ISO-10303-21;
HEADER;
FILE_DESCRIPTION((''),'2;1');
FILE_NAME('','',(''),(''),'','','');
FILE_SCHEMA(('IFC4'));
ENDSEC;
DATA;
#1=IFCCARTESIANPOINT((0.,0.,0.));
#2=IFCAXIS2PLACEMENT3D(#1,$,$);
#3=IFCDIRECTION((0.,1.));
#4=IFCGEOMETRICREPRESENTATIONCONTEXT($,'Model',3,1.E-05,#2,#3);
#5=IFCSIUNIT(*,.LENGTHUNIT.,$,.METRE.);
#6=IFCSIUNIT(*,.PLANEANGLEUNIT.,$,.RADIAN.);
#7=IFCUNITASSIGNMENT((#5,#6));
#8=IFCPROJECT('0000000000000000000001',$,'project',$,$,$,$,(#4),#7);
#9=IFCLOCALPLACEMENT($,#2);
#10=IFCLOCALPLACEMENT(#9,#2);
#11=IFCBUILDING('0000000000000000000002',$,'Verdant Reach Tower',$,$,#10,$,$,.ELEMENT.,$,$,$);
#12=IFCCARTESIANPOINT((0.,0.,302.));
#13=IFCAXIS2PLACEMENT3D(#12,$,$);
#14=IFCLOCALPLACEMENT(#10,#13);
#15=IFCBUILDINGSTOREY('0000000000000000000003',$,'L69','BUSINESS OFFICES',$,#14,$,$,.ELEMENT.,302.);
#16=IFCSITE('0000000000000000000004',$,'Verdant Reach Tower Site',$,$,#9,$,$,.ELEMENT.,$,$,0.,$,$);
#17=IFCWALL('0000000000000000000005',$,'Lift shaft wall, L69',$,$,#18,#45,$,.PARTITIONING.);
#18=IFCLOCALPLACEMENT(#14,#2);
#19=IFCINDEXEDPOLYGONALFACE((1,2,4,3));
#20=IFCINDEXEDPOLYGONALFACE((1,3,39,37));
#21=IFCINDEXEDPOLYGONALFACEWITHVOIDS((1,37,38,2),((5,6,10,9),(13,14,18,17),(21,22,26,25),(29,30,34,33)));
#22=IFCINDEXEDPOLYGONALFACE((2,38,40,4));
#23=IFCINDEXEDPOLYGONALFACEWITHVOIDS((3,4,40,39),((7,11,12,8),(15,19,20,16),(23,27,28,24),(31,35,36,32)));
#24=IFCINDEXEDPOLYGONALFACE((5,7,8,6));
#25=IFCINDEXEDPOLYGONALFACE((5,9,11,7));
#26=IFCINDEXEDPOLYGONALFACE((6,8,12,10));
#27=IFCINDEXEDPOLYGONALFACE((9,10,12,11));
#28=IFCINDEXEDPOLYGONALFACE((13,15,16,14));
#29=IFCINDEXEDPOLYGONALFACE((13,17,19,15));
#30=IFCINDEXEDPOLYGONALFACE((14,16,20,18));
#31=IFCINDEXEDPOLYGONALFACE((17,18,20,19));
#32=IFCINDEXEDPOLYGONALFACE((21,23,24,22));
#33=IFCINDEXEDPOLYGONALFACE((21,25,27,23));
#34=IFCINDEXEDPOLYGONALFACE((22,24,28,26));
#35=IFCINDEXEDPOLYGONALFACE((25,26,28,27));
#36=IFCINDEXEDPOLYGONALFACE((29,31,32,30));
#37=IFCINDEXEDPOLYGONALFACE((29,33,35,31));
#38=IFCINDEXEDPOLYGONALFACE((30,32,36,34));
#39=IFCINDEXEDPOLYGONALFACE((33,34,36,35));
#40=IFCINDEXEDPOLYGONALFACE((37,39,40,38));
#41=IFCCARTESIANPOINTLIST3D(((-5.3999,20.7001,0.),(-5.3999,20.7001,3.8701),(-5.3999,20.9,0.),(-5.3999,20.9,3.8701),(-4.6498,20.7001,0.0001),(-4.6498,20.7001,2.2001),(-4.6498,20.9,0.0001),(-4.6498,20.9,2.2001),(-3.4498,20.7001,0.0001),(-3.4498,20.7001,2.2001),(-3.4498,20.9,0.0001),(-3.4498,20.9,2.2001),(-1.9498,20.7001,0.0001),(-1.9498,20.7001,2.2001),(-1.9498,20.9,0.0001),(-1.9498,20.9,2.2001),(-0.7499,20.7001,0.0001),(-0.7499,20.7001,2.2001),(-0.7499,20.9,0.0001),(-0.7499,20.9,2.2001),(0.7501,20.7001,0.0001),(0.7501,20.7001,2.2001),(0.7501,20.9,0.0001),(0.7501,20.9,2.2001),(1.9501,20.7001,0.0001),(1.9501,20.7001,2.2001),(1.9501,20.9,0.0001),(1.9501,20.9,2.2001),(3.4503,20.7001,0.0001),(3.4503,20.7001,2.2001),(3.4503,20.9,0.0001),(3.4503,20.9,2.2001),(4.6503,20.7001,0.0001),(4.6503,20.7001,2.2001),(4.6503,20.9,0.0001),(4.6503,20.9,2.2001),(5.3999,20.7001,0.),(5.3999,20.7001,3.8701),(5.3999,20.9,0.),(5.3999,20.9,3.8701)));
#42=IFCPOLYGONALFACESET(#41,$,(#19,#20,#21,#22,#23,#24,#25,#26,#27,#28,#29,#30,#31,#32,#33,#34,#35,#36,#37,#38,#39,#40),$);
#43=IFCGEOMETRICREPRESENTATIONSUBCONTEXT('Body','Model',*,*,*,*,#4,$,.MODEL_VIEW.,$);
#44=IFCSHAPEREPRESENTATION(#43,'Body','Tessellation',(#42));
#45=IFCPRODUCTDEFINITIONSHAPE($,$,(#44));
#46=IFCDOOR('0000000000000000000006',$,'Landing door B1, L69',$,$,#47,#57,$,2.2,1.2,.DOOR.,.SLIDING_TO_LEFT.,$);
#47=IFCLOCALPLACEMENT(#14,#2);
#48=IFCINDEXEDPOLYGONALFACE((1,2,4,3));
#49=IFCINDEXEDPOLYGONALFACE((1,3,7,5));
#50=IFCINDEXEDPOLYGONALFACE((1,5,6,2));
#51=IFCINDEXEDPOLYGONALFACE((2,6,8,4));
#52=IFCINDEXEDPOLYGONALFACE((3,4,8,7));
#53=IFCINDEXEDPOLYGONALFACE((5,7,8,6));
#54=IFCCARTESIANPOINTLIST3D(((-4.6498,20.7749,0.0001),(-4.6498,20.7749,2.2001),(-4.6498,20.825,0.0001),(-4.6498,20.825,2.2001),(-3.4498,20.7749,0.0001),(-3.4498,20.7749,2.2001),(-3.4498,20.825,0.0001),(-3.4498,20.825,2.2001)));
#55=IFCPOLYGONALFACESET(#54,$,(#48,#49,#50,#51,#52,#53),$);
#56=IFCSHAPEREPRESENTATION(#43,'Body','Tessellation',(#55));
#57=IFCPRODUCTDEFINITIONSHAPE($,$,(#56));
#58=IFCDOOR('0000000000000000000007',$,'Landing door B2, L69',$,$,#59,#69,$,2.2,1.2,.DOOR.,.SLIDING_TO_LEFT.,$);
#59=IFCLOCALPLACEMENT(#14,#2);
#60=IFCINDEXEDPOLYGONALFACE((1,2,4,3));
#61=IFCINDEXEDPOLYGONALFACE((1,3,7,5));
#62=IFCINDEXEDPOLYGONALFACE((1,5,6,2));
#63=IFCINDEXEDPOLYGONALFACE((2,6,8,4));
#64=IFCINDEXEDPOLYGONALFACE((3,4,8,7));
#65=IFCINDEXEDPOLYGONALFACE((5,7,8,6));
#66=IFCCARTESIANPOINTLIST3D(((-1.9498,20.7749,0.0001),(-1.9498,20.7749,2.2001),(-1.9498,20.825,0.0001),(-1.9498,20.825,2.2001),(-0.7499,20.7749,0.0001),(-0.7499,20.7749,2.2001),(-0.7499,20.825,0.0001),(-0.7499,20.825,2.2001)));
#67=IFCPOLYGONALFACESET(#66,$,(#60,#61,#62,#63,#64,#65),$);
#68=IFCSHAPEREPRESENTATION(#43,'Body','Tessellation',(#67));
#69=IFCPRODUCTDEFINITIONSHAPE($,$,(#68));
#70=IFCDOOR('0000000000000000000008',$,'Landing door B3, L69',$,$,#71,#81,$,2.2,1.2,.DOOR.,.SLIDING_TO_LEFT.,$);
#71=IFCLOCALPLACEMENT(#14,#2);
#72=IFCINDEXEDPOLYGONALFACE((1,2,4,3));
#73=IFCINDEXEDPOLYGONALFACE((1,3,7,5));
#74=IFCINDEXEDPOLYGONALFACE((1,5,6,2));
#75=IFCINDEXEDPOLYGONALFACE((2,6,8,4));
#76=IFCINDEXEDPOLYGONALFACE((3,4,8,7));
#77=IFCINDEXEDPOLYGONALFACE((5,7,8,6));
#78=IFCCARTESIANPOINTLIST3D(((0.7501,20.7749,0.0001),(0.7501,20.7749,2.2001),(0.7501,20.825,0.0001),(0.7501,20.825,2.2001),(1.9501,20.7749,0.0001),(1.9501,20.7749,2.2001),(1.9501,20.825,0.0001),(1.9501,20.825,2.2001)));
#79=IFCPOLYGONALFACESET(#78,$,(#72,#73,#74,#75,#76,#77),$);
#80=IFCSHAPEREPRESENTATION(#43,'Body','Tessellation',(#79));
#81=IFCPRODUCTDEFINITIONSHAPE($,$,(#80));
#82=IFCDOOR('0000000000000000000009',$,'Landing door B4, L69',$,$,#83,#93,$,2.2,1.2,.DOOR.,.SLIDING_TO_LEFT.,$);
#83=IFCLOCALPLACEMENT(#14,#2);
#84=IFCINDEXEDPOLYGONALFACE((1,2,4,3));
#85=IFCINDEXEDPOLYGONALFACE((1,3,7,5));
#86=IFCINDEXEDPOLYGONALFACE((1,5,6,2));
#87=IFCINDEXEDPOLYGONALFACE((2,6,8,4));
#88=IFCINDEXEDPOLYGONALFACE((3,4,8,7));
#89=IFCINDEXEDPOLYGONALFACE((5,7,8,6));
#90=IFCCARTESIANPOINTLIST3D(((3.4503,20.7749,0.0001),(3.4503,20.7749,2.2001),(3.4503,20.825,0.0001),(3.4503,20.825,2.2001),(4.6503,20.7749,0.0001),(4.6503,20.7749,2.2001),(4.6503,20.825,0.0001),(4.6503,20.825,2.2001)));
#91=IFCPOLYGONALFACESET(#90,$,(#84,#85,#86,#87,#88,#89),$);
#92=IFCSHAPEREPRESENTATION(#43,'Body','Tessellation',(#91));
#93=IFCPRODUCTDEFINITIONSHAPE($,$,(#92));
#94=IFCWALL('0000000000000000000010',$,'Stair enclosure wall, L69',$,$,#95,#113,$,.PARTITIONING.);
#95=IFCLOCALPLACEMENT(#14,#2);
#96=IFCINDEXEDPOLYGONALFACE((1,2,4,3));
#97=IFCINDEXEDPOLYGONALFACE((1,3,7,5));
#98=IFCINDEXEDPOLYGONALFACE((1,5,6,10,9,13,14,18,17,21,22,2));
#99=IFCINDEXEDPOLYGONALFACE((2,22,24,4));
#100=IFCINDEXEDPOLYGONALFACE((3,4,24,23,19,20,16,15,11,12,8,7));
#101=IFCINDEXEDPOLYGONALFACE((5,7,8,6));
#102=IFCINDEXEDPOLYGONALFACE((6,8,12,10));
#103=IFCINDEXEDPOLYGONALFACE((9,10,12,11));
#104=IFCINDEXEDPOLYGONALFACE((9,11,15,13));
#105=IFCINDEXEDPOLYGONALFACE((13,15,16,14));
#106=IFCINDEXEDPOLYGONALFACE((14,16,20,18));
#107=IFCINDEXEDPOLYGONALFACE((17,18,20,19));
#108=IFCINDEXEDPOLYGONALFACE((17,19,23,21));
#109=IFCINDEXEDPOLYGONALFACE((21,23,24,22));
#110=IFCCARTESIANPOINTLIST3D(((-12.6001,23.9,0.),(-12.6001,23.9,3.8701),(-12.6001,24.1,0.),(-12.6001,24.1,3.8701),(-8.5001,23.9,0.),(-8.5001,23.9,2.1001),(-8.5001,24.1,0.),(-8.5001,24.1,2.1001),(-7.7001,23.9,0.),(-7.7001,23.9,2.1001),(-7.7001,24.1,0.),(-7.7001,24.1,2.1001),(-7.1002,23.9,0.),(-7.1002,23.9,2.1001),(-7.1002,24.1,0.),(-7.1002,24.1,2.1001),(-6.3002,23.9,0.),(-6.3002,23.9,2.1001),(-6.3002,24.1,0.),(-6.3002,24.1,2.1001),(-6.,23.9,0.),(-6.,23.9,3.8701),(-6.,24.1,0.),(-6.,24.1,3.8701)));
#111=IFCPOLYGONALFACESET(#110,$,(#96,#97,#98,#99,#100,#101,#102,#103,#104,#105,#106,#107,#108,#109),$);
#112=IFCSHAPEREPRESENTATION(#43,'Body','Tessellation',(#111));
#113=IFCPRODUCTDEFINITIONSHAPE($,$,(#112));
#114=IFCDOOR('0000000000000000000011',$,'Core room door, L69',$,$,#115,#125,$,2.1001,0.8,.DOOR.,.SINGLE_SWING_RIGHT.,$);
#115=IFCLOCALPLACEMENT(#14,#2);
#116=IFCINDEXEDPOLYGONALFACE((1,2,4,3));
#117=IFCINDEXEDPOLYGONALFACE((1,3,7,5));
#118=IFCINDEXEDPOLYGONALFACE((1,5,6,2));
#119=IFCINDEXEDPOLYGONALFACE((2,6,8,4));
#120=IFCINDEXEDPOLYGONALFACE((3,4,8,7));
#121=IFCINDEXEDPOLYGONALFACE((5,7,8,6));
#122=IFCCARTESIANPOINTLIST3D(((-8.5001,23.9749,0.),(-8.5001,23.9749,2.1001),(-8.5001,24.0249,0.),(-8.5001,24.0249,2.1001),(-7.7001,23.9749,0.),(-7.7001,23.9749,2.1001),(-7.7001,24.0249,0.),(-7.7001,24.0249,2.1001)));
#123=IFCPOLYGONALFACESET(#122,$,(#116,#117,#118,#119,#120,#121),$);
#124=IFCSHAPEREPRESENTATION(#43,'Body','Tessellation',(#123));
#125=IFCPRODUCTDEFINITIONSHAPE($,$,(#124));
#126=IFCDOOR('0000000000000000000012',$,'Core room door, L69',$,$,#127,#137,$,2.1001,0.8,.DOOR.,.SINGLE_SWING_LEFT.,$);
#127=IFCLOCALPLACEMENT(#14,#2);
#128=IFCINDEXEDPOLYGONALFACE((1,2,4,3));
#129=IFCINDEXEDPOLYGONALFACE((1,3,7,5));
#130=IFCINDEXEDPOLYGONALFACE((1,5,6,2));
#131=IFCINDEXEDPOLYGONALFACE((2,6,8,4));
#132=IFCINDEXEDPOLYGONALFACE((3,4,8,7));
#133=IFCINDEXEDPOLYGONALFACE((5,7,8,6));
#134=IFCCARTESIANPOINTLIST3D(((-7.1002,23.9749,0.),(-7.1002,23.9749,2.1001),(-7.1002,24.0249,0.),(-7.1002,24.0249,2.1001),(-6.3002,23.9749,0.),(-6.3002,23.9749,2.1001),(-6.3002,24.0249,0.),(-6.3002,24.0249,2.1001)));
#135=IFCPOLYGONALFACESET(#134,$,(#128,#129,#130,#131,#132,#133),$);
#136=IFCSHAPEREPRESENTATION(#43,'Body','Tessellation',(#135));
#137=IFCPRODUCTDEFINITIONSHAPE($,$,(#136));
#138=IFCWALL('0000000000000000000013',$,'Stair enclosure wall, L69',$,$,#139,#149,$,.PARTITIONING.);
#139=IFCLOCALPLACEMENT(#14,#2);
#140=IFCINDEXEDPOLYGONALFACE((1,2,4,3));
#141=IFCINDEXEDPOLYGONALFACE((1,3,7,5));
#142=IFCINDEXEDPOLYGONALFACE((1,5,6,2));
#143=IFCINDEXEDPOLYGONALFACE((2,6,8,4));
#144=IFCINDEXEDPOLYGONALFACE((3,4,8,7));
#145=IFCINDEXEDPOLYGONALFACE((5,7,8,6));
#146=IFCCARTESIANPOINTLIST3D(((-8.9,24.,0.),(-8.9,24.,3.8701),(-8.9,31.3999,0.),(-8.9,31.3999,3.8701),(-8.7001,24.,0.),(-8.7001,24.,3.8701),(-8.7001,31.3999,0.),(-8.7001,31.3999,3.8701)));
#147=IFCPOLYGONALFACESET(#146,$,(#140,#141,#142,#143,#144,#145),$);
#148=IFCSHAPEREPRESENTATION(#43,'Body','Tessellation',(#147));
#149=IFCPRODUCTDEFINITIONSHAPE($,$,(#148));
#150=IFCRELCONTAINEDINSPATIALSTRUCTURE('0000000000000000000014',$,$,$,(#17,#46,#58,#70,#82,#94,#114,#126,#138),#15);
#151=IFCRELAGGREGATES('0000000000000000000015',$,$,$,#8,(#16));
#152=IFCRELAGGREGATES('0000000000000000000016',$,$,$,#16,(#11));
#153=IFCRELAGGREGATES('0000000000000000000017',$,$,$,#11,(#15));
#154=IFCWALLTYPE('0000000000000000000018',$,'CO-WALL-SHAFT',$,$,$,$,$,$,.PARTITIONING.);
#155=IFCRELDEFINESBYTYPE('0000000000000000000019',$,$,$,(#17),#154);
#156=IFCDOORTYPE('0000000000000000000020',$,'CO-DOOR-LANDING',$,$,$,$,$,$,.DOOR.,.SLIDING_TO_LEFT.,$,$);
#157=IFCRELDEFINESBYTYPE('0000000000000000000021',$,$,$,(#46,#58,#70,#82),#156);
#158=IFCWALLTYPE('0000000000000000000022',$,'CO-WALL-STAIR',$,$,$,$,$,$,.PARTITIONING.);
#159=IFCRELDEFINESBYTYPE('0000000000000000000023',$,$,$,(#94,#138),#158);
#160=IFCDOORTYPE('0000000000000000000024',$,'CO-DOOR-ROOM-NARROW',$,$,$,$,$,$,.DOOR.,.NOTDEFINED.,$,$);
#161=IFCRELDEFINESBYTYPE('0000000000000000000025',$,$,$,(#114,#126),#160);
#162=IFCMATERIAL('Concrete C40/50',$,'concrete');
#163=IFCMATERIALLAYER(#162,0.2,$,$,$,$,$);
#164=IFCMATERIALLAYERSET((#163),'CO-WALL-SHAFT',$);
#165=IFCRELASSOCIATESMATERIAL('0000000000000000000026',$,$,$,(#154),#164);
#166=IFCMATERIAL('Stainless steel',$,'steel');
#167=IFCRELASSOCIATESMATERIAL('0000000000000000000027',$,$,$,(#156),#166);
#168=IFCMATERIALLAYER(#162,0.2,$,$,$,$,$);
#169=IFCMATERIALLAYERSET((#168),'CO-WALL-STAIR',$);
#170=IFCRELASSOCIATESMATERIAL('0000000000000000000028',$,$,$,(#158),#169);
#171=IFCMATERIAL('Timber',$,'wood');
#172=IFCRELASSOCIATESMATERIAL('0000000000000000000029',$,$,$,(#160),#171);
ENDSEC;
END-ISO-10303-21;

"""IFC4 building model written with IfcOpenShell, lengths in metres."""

from ifc_helpers import new_model, si_unit, direction, frame, frame_2d, origin, place, context, subcontext, project, spatial, rectangle, extrude, material, layer, layer_set, type_object, element, fill, save


model = new_model("IFC4")

# Units and contexts
model_context = context("Model", 3, precision=1e-05, world=origin(), true_north=direction((0.0, 1.0)))
body_context = subcontext(model_context, "Body", "Model", "MODEL_VIEW")
ifc_project = project(units=[si_unit("LENGTHUNIT", "METRE"), si_unit("PLANEANGLEUNIT", "RADIAN")], contexts=[model_context])

# Site, building, storey
site_placement = place(None, origin())
site = spatial("IfcSite", under=ifc_project, at=site_placement, Name="Verdant Reach Tower Site", CompositionType="ELEMENT", RefElevation=0.0)
building_placement = place(site_placement, origin())
building = spatial("IfcBuilding", under=site, at=building_placement, Name="Verdant Reach Tower", CompositionType="ELEMENT")
storey_placement = place(building_placement, frame((0.0, 0.0, 302.0)))
storey = spatial("IfcBuildingStorey", under=building, at=storey_placement, Name="L69", Description="BUSINESS OFFICES", CompositionType="ELEMENT", Elevation=302.0)

# Shared definitions
ifc_material_1 = material(Name="Timber", Category="wood")

# Walls, openings, doors
ifc_material_2 = material(Name="Concrete C40/50", Category="concrete")
ifc_layer_1 = layer(ifc_material_2, 0.2)
ifc_layer_set_1 = layer_set([ifc_layer_1], Name="CO-WALL-SHAFT")
wall_type_1 = type_object("IfcWallType", Name="CO-WALL-SHAFT", PredefinedType="PARTITIONING", material=ifc_layer_set_1)
wall_1_placement = place(storey_placement, frame((-5.3999, 20.8, 0.0), z_axis=(0.0, 0.0, 1.0), x_axis=(1.0, 0.0, 0.0)))
wall_1 = element("IfcWall", 1, at=wall_1_placement, inside=storey, type_object=wall_type_1, Name="Lift shaft wall, L69", PredefinedType="PARTITIONING", context=body_context, shape_type="SweptSolid", body=[
    extrude(rectangle(XDim=10.7998, YDim=0.2, at=frame_2d((5.3999, 0.0))), origin(), (0.0, 0.0, 1.0), 3.8701),
])
opening_1_placement = place(wall_1_placement, frame((0.75, 0.0, 0.0)))
opening_1 = element("IfcOpeningElement", 2, at=opening_1_placement, cuts=wall_1, PredefinedType="OPENING", context=body_context, shape_type="SweptSolid", body=[
    extrude(rectangle(XDim=1.2, YDim=2.2, at=frame_2d((0.6001, 1.1001))), frame((0.0, 0.1099, 0.0), z_axis=(0.0, -1.0, 0.0), x_axis=(1.0, 0.0, 0.0)), (0.0, 0.0, 1.0), 0.22),
])
opening_2_placement = place(wall_1_placement, frame((3.45, 0.0, 0.0)))
opening_2 = element("IfcOpeningElement", 3, at=opening_2_placement, cuts=wall_1, PredefinedType="OPENING", context=body_context, shape_type="SweptSolid", body=[
    extrude(rectangle(XDim=1.2, YDim=2.2, at=frame_2d((0.6001, 1.1001))), frame((0.0, 0.1099, 0.0), z_axis=(0.0, -1.0, 0.0), x_axis=(1.0, 0.0, 0.0)), (0.0, 0.0, 1.0), 0.22),
])
opening_3_placement = place(wall_1_placement, frame((6.1499, 0.0, 0.0)))
opening_3 = element("IfcOpeningElement", 4, at=opening_3_placement, cuts=wall_1, PredefinedType="OPENING", context=body_context, shape_type="SweptSolid", body=[
    extrude(rectangle(XDim=1.2, YDim=2.2, at=frame_2d((0.6001, 1.1001))), frame((0.0, 0.1099, 0.0), z_axis=(0.0, -1.0, 0.0), x_axis=(1.0, 0.0, 0.0)), (0.0, 0.0, 1.0), 0.22),
])
opening_4_placement = place(wall_1_placement, frame((8.8501, 0.0, 0.0)))
opening_4 = element("IfcOpeningElement", 5, at=opening_4_placement, cuts=wall_1, PredefinedType="OPENING", context=body_context, shape_type="SweptSolid", body=[
    extrude(rectangle(XDim=1.2, YDim=2.2, at=frame_2d((0.6001, 1.1001))), frame((0.0, 0.1099, 0.0), z_axis=(0.0, -1.0, 0.0), x_axis=(1.0, 0.0, 0.0)), (0.0, 0.0, 1.0), 0.22),
])
ifc_material_3 = material(Name="Stainless steel", Category="steel")
door_type_1 = type_object("IfcDoorType", Name="CO-DOOR-LANDING", OperationType="SLIDING_TO_LEFT", PredefinedType="DOOR", material=ifc_material_3)
door_1_placement = place(opening_1_placement, origin())
door_1 = element("IfcDoor", 6, at=door_1_placement, inside=storey, type_object=door_type_1, Name="Landing door B1, L69", OperationType="SLIDING_TO_LEFT", OverallHeight=2.2, OverallWidth=1.2, PredefinedType="DOOR", context=body_context, shape_type="SweptSolid", body=[
    extrude(rectangle(XDim=1.2, YDim=2.2, at=frame_2d((0.6001, 1.1001))), frame((0.0, 0.0249, 0.0), z_axis=(0.0, -1.0, 0.0), x_axis=(1.0, 0.0, 0.0)), (0.0, 0.0, 1.0), 0.05),
])
fill(opening_1, door_1)
door_2_placement = place(opening_2_placement, origin())
door_2 = element("IfcDoor", 7, at=door_2_placement, inside=storey, type_object=door_type_1, Name="Landing door B2, L69", OperationType="SLIDING_TO_LEFT", OverallHeight=2.2, OverallWidth=1.2, PredefinedType="DOOR", context=body_context, shape_type="SweptSolid", body=[
    extrude(rectangle(XDim=1.2, YDim=2.2, at=frame_2d((0.6001, 1.1001))), frame((0.0, 0.0249, 0.0), z_axis=(0.0, -1.0, 0.0), x_axis=(1.0, 0.0, 0.0)), (0.0, 0.0, 1.0), 0.05),
])
fill(opening_2, door_2)
door_3_placement = place(opening_3_placement, origin())
door_3 = element("IfcDoor", 8, at=door_3_placement, inside=storey, type_object=door_type_1, Name="Landing door B3, L69", OperationType="SLIDING_TO_LEFT", OverallHeight=2.2, OverallWidth=1.2, PredefinedType="DOOR", context=body_context, shape_type="SweptSolid", body=[
    extrude(rectangle(XDim=1.2, YDim=2.2, at=frame_2d((0.6001, 1.1001))), frame((0.0, 0.0249, 0.0), z_axis=(0.0, -1.0, 0.0), x_axis=(1.0, 0.0, 0.0)), (0.0, 0.0, 1.0), 0.05),
])
fill(opening_3, door_3)
door_4_placement = place(opening_4_placement, origin())
door_4 = element("IfcDoor", 9, at=door_4_placement, inside=storey, type_object=door_type_1, Name="Landing door B4, L69", OperationType="SLIDING_TO_LEFT", OverallHeight=2.2, OverallWidth=1.2, PredefinedType="DOOR", context=body_context, shape_type="SweptSolid", body=[
    extrude(rectangle(XDim=1.2, YDim=2.2, at=frame_2d((0.6001, 1.1001))), frame((0.0, 0.0249, 0.0), z_axis=(0.0, -1.0, 0.0), x_axis=(1.0, 0.0, 0.0)), (0.0, 0.0, 1.0), 0.05),
])
fill(opening_4, door_4)
ifc_layer_2 = layer(ifc_material_2, 0.2)
ifc_layer_set_2 = layer_set([ifc_layer_2], Name="CO-WALL-STAIR")
wall_type_2 = type_object("IfcWallType", Name="CO-WALL-STAIR", PredefinedType="PARTITIONING", material=ifc_layer_set_2)
wall_2_placement = place(storey_placement, frame((-12.6001, 24.0, 0.0), z_axis=(0.0, 0.0, 1.0), x_axis=(1.0, 0.0, 0.0)))
wall_2 = element("IfcWall", 10, at=wall_2_placement, inside=storey, type_object=wall_type_2, Name="Stair enclosure wall, L69", PredefinedType="PARTITIONING", context=body_context, shape_type="SweptSolid", body=[
    extrude(rectangle(XDim=6.6001, YDim=0.2, at=frame_2d((3.3, 0.0))), origin(), (0.0, 0.0, 1.0), 3.8701),
])
opening_5_placement = place(wall_2_placement, frame((4.1001, 0.0, 0.0)))
opening_5 = element("IfcOpeningElement", 11, at=opening_5_placement, cuts=wall_2, PredefinedType="OPENING", context=body_context, shape_type="SweptSolid", body=[
    extrude(rectangle(XDim=0.8, YDim=2.1001, at=frame_2d((0.3999, 1.05))), frame((0.0, 0.1099, 0.0), z_axis=(0.0, -1.0, 0.0), x_axis=(1.0, 0.0, 0.0)), (0.0, 0.0, 1.0), 0.22),
])
opening_6_placement = place(wall_2_placement, frame((5.5, 0.0, 0.0)))
opening_6 = element("IfcOpeningElement", 12, at=opening_6_placement, cuts=wall_2, PredefinedType="OPENING", context=body_context, shape_type="SweptSolid", body=[
    extrude(rectangle(XDim=0.8, YDim=2.1001, at=frame_2d((0.3999, 1.05))), frame((0.0, 0.1099, 0.0), z_axis=(0.0, -1.0, 0.0), x_axis=(1.0, 0.0, 0.0)), (0.0, 0.0, 1.0), 0.22),
])
door_type_2 = type_object("IfcDoorType", Name="CO-DOOR-ROOM-NARROW", OperationType="NOTDEFINED", PredefinedType="DOOR", material=ifc_material_1)
door_5_placement = place(opening_5_placement, origin())
door_5 = element("IfcDoor", 13, at=door_5_placement, inside=storey, type_object=door_type_2, Name="Core room door, L69", OperationType="SINGLE_SWING_RIGHT", OverallHeight=2.1001, OverallWidth=0.8, PredefinedType="DOOR", context=body_context, shape_type="SweptSolid", body=[
    extrude(rectangle(XDim=0.8, YDim=2.1001, at=frame_2d((0.3999, 1.05))), frame((0.0, 0.0249, 0.0), z_axis=(0.0, -1.0, 0.0), x_axis=(1.0, 0.0, 0.0)), (0.0, 0.0, 1.0), 0.05),
])
fill(opening_5, door_5)
door_6_placement = place(opening_6_placement, origin())
door_6 = element("IfcDoor", 14, at=door_6_placement, inside=storey, type_object=door_type_2, Name="Core room door, L69", OperationType="SINGLE_SWING_LEFT", OverallHeight=2.1001, OverallWidth=0.8, PredefinedType="DOOR", context=body_context, shape_type="SweptSolid", body=[
    extrude(rectangle(XDim=0.8, YDim=2.1001, at=frame_2d((0.3999, 1.05))), frame((0.0, 0.0249, 0.0), z_axis=(0.0, -1.0, 0.0), x_axis=(1.0, 0.0, 0.0)), (0.0, 0.0, 1.0), 0.05),
])
fill(opening_6, door_6)

# Wall
wall_3_placement = place(storey_placement, frame((-8.8, 24.0, 0.0), z_axis=(0.0, 0.0, 1.0), x_axis=(0.0, 1.0, 0.0)))
element("IfcWall", 15, at=wall_3_placement, inside=storey, type_object=wall_type_2, Name="Stair enclosure wall, L69", PredefinedType="PARTITIONING", context=body_context, shape_type="SweptSolid", body=[
    extrude(rectangle(XDim=7.3999, YDim=0.2, at=frame_2d((3.7, 0.0))), origin(), (0.0, 0.0, 1.0), 3.8701),
])

save(model, "model.ifc")
